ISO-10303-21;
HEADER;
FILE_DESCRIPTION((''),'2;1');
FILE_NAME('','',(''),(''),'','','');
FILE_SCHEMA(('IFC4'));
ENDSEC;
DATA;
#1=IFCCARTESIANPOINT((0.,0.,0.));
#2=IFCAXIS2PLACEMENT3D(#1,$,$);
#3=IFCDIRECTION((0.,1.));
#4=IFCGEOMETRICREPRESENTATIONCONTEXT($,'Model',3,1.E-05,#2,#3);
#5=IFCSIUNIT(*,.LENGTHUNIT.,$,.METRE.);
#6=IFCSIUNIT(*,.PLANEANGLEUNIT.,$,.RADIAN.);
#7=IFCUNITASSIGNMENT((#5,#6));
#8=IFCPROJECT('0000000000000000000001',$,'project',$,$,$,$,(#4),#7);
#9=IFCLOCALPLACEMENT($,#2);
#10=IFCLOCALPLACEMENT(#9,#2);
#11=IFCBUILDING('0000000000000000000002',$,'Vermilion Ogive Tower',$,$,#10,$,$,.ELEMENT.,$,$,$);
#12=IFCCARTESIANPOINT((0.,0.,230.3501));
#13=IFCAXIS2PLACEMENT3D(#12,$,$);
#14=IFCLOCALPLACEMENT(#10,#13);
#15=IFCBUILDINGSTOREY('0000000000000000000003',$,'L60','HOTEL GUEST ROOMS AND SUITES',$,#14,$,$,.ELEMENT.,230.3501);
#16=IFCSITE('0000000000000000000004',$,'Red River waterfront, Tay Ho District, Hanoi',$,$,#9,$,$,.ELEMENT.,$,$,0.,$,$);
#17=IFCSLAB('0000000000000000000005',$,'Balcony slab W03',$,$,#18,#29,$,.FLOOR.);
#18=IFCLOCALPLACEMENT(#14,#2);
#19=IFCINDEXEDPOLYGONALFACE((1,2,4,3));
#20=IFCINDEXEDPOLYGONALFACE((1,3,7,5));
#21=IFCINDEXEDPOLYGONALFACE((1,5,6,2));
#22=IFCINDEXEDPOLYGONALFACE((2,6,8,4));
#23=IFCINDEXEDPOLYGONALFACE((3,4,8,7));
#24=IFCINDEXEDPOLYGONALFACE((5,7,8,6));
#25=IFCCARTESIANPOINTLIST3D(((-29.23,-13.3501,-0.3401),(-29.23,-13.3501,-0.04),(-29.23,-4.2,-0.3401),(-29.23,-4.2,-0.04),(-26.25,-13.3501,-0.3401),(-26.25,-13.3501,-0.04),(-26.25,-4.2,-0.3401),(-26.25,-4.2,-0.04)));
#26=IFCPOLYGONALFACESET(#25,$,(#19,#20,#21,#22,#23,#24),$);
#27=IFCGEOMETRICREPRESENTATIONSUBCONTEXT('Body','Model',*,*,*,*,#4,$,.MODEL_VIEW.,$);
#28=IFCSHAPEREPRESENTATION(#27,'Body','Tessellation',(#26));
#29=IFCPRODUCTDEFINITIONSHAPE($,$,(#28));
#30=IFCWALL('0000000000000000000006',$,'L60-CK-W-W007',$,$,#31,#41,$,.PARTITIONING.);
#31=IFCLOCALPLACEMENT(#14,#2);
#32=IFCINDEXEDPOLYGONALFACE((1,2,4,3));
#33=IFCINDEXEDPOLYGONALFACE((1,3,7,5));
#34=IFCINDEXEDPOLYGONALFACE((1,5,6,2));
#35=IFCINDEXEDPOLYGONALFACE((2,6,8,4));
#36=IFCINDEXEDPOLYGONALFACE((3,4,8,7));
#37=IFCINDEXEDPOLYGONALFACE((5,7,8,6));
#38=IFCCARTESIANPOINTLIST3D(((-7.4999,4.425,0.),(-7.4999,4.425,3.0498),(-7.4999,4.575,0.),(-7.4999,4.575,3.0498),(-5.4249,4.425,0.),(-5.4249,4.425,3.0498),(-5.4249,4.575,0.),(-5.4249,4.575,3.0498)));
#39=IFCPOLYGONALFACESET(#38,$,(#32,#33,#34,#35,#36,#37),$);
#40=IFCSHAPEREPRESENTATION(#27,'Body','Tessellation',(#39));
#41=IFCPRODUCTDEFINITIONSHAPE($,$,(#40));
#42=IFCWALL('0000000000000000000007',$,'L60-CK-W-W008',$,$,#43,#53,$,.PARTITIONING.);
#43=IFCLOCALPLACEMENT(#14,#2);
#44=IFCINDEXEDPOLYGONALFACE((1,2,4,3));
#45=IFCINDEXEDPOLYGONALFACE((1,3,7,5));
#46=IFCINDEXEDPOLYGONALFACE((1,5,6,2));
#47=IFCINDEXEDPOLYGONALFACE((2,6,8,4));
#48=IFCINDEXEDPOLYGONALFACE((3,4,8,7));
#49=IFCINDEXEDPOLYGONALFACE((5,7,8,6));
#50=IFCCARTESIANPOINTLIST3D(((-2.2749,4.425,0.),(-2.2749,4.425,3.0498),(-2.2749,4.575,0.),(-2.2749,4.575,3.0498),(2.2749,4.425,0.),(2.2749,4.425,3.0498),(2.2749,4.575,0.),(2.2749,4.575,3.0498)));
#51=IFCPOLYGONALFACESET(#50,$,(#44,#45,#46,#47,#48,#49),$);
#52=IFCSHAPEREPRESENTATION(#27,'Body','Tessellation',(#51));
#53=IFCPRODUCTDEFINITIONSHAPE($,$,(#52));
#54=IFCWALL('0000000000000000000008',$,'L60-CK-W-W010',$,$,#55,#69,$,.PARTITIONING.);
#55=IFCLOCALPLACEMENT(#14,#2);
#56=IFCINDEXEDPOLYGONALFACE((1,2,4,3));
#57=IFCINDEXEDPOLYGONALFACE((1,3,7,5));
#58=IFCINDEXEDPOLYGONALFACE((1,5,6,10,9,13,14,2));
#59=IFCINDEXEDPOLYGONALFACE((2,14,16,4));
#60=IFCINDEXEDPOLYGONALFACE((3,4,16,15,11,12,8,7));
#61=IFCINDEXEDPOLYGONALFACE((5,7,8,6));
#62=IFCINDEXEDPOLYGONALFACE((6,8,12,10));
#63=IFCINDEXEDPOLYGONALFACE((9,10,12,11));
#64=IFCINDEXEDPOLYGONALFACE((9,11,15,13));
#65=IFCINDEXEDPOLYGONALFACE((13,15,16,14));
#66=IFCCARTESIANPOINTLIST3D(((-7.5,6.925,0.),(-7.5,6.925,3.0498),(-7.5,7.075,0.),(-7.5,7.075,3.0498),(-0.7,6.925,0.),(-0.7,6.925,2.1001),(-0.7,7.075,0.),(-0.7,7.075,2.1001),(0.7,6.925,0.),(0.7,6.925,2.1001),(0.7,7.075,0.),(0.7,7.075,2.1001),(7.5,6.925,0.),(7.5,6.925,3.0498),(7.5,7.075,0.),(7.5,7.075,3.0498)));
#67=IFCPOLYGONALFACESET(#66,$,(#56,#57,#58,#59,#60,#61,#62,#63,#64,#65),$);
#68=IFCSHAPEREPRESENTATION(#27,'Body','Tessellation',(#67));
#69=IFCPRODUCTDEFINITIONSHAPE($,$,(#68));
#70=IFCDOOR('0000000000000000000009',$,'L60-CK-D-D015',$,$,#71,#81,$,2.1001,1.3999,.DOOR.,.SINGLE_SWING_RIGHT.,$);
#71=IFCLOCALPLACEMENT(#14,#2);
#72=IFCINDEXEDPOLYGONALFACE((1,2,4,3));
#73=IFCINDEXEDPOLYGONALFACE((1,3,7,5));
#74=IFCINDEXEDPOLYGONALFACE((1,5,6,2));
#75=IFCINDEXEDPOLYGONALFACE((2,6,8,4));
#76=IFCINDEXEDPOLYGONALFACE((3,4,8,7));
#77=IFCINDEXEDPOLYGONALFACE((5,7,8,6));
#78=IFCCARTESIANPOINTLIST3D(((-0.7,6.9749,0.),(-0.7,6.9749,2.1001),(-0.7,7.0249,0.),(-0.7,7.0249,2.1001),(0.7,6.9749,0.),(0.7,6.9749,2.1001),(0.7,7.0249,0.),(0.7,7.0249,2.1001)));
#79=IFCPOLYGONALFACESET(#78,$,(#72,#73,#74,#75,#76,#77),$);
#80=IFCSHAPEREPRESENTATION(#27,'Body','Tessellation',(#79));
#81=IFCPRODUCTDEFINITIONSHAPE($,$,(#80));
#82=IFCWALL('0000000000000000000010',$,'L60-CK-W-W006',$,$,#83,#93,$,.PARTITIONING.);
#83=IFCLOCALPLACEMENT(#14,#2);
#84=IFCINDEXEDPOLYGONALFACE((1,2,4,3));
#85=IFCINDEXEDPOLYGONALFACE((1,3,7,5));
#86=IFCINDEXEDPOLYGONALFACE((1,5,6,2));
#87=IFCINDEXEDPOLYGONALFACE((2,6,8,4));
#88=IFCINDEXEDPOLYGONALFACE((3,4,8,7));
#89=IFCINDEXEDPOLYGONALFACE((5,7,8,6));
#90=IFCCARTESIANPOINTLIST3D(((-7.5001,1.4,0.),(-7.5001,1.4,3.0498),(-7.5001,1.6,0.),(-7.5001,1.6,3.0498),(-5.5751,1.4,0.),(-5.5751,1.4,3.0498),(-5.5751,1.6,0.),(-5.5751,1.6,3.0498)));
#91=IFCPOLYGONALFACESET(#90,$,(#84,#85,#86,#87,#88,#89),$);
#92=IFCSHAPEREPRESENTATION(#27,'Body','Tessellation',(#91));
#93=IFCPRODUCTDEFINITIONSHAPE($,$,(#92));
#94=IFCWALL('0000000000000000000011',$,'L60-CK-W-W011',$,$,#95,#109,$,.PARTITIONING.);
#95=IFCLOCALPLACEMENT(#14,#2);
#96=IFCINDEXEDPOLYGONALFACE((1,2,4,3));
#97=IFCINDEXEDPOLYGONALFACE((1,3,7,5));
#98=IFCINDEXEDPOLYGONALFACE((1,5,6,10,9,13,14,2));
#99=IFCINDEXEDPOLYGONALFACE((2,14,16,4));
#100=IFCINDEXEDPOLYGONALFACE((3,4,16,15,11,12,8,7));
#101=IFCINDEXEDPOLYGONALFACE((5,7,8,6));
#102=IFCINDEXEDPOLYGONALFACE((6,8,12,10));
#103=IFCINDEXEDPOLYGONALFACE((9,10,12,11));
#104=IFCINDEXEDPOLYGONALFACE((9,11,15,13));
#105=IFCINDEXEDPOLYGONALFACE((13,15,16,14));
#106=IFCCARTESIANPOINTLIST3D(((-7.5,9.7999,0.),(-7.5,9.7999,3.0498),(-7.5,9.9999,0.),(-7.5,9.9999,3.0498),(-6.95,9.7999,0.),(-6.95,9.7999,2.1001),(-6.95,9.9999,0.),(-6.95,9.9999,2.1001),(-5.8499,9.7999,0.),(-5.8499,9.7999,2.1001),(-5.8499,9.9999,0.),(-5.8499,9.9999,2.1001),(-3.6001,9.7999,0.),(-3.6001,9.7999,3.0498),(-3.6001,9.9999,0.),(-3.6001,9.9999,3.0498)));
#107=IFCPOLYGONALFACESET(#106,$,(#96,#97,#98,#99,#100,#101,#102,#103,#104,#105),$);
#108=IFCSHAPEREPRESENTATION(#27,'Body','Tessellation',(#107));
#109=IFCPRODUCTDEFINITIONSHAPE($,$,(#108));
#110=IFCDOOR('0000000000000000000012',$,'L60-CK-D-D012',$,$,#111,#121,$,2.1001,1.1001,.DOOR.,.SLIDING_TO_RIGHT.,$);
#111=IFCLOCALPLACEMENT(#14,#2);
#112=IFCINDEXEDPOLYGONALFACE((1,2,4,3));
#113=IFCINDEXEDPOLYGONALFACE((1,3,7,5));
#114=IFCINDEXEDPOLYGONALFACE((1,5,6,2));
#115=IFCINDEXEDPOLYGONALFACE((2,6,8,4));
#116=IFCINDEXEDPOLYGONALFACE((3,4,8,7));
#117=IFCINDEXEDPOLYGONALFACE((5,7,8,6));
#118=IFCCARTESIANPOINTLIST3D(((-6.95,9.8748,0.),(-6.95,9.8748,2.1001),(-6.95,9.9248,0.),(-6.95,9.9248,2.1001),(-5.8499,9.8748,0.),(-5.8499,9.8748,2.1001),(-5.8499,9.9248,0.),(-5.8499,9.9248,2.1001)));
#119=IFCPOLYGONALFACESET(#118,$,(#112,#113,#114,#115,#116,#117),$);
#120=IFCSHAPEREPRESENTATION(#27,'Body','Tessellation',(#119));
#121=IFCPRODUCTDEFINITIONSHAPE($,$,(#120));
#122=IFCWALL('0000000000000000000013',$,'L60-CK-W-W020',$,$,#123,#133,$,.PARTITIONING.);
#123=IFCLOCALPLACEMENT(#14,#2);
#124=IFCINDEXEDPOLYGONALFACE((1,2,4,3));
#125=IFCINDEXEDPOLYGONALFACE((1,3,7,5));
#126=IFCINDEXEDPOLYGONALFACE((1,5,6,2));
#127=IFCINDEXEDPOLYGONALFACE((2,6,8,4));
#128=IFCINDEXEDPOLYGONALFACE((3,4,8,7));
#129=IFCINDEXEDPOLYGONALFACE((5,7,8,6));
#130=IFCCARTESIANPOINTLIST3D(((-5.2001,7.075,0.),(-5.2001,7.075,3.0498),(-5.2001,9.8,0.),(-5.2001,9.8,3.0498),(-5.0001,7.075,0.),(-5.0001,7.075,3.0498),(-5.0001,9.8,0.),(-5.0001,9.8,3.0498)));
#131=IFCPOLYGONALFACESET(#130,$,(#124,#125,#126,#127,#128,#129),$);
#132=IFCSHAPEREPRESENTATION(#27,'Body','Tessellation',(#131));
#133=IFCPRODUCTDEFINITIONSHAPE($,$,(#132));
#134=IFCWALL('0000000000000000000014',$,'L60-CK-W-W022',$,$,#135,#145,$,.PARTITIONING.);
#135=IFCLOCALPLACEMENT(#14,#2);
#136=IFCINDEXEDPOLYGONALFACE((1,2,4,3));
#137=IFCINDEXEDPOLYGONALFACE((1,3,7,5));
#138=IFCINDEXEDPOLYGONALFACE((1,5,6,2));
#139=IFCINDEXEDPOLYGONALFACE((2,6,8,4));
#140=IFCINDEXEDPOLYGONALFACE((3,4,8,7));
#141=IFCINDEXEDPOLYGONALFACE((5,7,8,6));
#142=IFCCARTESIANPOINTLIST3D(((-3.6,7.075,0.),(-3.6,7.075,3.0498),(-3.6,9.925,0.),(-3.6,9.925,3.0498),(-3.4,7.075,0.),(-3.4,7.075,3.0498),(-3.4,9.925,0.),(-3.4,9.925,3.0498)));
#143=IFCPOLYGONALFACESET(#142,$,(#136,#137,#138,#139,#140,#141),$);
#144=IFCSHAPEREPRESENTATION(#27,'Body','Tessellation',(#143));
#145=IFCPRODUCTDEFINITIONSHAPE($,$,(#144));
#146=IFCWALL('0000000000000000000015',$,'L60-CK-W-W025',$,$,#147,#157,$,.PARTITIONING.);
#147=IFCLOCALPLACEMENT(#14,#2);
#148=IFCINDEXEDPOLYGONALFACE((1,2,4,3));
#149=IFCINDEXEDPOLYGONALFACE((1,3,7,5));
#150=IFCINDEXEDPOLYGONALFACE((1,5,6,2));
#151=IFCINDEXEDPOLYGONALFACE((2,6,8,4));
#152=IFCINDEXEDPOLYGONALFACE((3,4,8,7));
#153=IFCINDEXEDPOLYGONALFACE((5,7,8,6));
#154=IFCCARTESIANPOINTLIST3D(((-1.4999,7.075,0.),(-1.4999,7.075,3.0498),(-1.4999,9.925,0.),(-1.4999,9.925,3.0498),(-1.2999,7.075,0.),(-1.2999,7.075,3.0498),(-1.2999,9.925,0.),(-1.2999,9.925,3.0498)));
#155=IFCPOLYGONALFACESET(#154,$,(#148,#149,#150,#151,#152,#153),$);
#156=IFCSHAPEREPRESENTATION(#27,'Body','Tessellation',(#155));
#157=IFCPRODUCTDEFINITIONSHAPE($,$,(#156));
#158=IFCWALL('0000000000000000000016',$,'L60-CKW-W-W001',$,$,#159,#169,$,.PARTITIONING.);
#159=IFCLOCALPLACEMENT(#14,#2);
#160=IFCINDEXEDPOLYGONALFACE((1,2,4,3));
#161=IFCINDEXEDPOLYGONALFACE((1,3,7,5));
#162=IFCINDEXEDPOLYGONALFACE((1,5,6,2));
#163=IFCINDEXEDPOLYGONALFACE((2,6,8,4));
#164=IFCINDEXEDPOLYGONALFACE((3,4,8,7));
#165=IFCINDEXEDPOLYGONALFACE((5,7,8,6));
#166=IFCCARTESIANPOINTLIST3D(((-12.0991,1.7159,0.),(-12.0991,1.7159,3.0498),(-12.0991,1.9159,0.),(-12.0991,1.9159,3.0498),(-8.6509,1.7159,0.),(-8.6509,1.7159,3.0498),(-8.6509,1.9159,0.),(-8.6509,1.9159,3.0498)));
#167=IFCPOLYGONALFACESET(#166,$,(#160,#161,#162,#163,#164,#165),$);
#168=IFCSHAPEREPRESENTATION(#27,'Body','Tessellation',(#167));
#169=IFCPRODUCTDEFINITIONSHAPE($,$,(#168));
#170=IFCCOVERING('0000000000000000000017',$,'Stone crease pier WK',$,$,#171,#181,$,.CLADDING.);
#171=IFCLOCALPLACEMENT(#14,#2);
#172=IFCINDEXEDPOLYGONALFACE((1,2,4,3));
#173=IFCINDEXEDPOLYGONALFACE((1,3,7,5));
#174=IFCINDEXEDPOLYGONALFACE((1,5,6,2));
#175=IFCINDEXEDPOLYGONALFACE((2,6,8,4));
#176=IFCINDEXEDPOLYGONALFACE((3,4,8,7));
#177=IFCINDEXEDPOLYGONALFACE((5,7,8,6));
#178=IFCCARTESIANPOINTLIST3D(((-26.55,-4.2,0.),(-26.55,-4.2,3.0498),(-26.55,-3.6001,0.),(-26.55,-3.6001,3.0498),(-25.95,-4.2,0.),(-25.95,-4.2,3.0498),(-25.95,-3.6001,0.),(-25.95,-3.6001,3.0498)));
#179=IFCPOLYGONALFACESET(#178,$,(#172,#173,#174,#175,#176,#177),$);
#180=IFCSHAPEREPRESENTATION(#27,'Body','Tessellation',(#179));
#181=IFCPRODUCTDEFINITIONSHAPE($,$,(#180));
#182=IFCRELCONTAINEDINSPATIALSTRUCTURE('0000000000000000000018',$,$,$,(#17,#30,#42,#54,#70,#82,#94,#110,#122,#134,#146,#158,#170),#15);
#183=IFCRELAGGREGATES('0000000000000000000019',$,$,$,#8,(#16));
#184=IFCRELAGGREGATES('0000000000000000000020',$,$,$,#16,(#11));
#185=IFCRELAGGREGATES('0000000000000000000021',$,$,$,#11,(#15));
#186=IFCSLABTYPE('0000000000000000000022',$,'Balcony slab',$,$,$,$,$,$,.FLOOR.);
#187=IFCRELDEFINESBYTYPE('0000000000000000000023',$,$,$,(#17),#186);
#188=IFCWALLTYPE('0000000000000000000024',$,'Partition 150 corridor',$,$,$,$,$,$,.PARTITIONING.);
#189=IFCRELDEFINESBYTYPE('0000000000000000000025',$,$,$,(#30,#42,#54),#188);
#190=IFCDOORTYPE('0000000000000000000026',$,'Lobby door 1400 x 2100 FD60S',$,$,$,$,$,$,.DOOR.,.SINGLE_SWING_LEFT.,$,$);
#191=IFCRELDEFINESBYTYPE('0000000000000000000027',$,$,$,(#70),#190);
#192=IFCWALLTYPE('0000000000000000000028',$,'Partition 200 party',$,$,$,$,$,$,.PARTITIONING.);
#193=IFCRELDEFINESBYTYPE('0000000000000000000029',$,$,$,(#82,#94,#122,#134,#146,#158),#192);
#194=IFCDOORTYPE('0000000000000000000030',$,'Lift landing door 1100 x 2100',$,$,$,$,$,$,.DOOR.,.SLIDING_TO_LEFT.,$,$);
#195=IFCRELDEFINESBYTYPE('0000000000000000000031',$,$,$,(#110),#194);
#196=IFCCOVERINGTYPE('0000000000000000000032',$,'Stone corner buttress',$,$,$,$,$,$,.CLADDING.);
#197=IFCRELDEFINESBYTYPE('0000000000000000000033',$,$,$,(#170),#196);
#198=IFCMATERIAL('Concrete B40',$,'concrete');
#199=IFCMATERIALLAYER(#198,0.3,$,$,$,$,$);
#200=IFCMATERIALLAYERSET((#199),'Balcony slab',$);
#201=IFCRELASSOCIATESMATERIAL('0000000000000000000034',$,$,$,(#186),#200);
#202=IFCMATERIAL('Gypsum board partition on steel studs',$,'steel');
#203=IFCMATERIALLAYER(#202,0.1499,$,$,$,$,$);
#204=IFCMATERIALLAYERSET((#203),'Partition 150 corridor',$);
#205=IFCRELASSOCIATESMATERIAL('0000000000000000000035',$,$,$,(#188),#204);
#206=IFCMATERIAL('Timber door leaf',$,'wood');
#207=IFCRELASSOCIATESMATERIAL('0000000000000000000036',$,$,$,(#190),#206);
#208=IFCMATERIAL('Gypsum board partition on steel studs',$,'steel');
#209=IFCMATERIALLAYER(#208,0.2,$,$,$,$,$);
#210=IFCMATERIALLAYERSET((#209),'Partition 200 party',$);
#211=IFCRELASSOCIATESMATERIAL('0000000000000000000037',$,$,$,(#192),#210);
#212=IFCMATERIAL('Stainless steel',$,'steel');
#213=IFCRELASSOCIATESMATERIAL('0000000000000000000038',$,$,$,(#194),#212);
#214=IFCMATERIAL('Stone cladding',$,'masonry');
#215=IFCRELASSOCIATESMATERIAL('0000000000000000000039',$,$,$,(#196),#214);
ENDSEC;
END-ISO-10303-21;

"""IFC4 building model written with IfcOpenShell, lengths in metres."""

from ifc_helpers import new_model, si_unit, direction, frame, frame_2d, origin, place, context, subcontext, project, spatial, polyline, rectangle, outline, extrude, material, layer, layer_set, type_object, element, fill, save


model = new_model("IFC4")

# Units and contexts
model_context = context("Model", 3, precision=1e-05, world=origin(), true_north=direction((0.0, 1.0)))
body_context = subcontext(model_context, "Body", "Model", "MODEL_VIEW")
ifc_project = project(units=[si_unit("LENGTHUNIT", "METRE"), si_unit("PLANEANGLEUNIT", "RADIAN")], contexts=[model_context])

# Site, building, storey
site_placement = place(None, origin())
site = spatial("IfcSite", under=ifc_project, at=site_placement, Name="Red River waterfront, Tay Ho District, Hanoi", CompositionType="ELEMENT", RefElevation=0.0)
building_placement = place(site_placement, origin())
building = spatial("IfcBuilding", under=site, at=building_placement, Name="Vermilion Ogive Tower", CompositionType="ELEMENT")
storey_placement = place(building_placement, frame((0.0, 0.0, 230.3501)))
storey = spatial("IfcBuildingStorey", under=building, at=storey_placement, Name="L60", Description="HOTEL GUEST ROOMS AND SUITES", CompositionType="ELEMENT", Elevation=230.3501)

# Slab
ifc_material_1 = material(Name="Concrete B40", Category="concrete")
ifc_layer_1 = layer(ifc_material_1, 0.3)
ifc_layer_set_1 = layer_set([ifc_layer_1], Name="Balcony slab")
slab_type = type_object("IfcSlabType", Name="Balcony slab", PredefinedType="FLOOR", material=ifc_layer_set_1)
slab_placement = place(storey_placement, frame((0.0, 0.0, -0.3401)))
element("IfcSlab", 1, at=slab_placement, inside=storey, type_object=slab_type, Name="Balcony slab W03", PredefinedType="FLOOR", context=body_context, shape_type="SweptSolid", body=[
    extrude(outline(polyline([(-29.23, -4.2), (-29.23, -13.3501), (-26.25, -13.3501), (-26.25, -4.2), (-29.23, -4.2)])), origin(), (0.0, 0.0, 1.0), 0.3),
])

# Walls
ifc_material_2 = material(Name="Gypsum board partition on steel studs", Category="steel")
ifc_layer_2 = layer(ifc_material_2, 0.1499)
ifc_layer_set_2 = layer_set([ifc_layer_2], Name="Partition 150 corridor")
wall_type_1 = type_object("IfcWallType", Name="Partition 150 corridor", PredefinedType="PARTITIONING", material=ifc_layer_set_2)
wall_1_placement = place(storey_placement, frame((-7.5, 4.5, 0.0), z_axis=(0.0, 0.0, 1.0), x_axis=(1.0, 0.0, 0.0)))
element("IfcWall", 2, at=wall_1_placement, inside=storey, type_object=wall_type_1, Name="L60-CK-W-W007", PredefinedType="PARTITIONING", context=body_context, shape_type="SweptSolid", body=[
    extrude(rectangle(XDim=2.075, YDim=0.1499, at=frame_2d((1.0376, 0.0))), origin(), (0.0, 0.0, 1.0), 3.0498),
])
wall_2_placement = place(storey_placement, frame((-2.2749, 4.5, 0.0), z_axis=(0.0, 0.0, 1.0), x_axis=(1.0, 0.0, 0.0)))
element("IfcWall", 3, at=wall_2_placement, inside=storey, type_object=wall_type_1, Name="L60-CK-W-W008", PredefinedType="PARTITIONING", context=body_context, shape_type="SweptSolid", body=[
    extrude(rectangle(XDim=4.5498, YDim=0.1499, at=frame_2d((2.2749, 0.0))), origin(), (0.0, 0.0, 1.0), 3.0498),
])

# Wall, opening, door
wall_3_placement = place(storey_placement, frame((-7.5, 7.0, 0.0), z_axis=(0.0, 0.0, 1.0), x_axis=(1.0, 0.0, 0.0)))
wall_3 = element("IfcWall", 4, at=wall_3_placement, inside=storey, type_object=wall_type_1, Name="L60-CK-W-W010", PredefinedType="PARTITIONING", context=body_context, shape_type="SweptSolid", body=[
    extrude(rectangle(XDim=15.0, YDim=0.1499, at=frame_2d((7.5, 0.0))), origin(), (0.0, 0.0, 1.0), 3.0498),
])
opening_1_placement = place(wall_3_placement, frame((6.8, 0.0, 0.0)))
opening_1 = element("IfcOpeningElement", 5, at=opening_1_placement, cuts=wall_3, PredefinedType="OPENING", context=body_context, shape_type="SweptSolid", body=[
    extrude(rectangle(XDim=1.3999, YDim=2.1001, at=frame_2d((0.7, 1.05))), frame((0.0, 0.085, 0.0), z_axis=(0.0, -1.0, 0.0), x_axis=(1.0, 0.0, 0.0)), (0.0, 0.0, 1.0), 0.1699),
])
ifc_material_3 = material(Name="Timber door leaf", Category="wood")
door_type_1 = type_object("IfcDoorType", Name="Lobby door 1400 x 2100 FD60S", OperationType="SINGLE_SWING_LEFT", PredefinedType="DOOR", material=ifc_material_3)
door_1_placement = place(opening_1_placement, origin())
door_1 = element("IfcDoor", 6, at=door_1_placement, inside=storey, type_object=door_type_1, Name="L60-CK-D-D015", OperationType="SINGLE_SWING_RIGHT", OverallHeight=2.1001, OverallWidth=1.3999, PredefinedType="DOOR", context=body_context, shape_type="SweptSolid", body=[
    extrude(rectangle(XDim=1.3999, YDim=2.1001, at=frame_2d((0.7, 1.05))), frame((0.0, 0.0249, 0.0), z_axis=(0.0, -1.0, 0.0), x_axis=(1.0, 0.0, 0.0)), (0.0, 0.0, 1.0), 0.05),
])
fill(opening_1, door_1)

# Wall
ifc_material_4 = material(Name="Gypsum board partition on steel studs", Category="steel")
ifc_layer_3 = layer(ifc_material_4, 0.2)
ifc_layer_set_3 = layer_set([ifc_layer_3], Name="Partition 200 party")
wall_type_2 = type_object("IfcWallType", Name="Partition 200 party", PredefinedType="PARTITIONING", material=ifc_layer_set_3)
wall_4_placement = place(storey_placement, frame((-7.5, 1.5, 0.0), z_axis=(0.0, 0.0, 1.0), x_axis=(1.0, 0.0, 0.0)))
element("IfcWall", 7, at=wall_4_placement, inside=storey, type_object=wall_type_2, Name="L60-CK-W-W006", PredefinedType="PARTITIONING", context=body_context, shape_type="SweptSolid", body=[
    extrude(rectangle(XDim=1.925, YDim=0.2, at=frame_2d((0.9624, 0.0))), origin(), (0.0, 0.0, 1.0), 3.0498),
])

# Wall, opening, door
wall_5_placement = place(storey_placement, frame((-7.5, 9.8999, 0.0), z_axis=(0.0, 0.0, 1.0), x_axis=(1.0, 0.0, 0.0)))
wall_5 = element("IfcWall", 8, at=wall_5_placement, inside=storey, type_object=wall_type_2, Name="L60-CK-W-W011", PredefinedType="PARTITIONING", context=body_context, shape_type="SweptSolid", body=[
    extrude(rectangle(XDim=3.8999, YDim=0.2, at=frame_2d((1.95, 0.0))), origin(), (0.0, 0.0, 1.0), 3.0498),
])
opening_2_placement = place(wall_5_placement, frame((0.55, 0.0, 0.0)))
opening_2 = element("IfcOpeningElement", 9, at=opening_2_placement, cuts=wall_5, PredefinedType="OPENING", context=body_context, shape_type="SweptSolid", body=[
    extrude(rectangle(XDim=1.1001, YDim=2.1001, at=frame_2d((0.55, 1.05))), frame((0.0, 0.1099, 0.0), z_axis=(0.0, -1.0, 0.0), x_axis=(1.0, 0.0, 0.0)), (0.0, 0.0, 1.0), 0.22),
])
ifc_material_5 = material(Name="Stainless steel", Category="steel")
door_type_2 = type_object("IfcDoorType", Name="Lift landing door 1100 x 2100", OperationType="SLIDING_TO_LEFT", PredefinedType="DOOR", material=ifc_material_5)
door_2_placement = place(opening_2_placement, origin())
door_2 = element("IfcDoor", 10, at=door_2_placement, inside=storey, type_object=door_type_2, Name="L60-CK-D-D012", OperationType="SLIDING_TO_RIGHT", OverallHeight=2.1001, OverallWidth=1.1001, PredefinedType="DOOR", context=body_context, shape_type="SweptSolid", body=[
    extrude(rectangle(XDim=1.1001, YDim=2.1001, at=frame_2d((0.55, 1.05))), frame((0.0, 0.0249, 0.0), z_axis=(0.0, -1.0, 0.0), x_axis=(1.0, 0.0, 0.0)), (0.0, 0.0, 1.0), 0.05),
])
fill(opening_2, door_2)

# Walls
wall_6_placement = place(storey_placement, frame((-5.1001, 7.075, 0.0), z_axis=(0.0, 0.0, 1.0), x_axis=(0.0, 1.0, 0.0)))
element("IfcWall", 11, at=wall_6_placement, inside=storey, type_object=wall_type_2, Name="L60-CK-W-W020", PredefinedType="PARTITIONING", context=body_context, shape_type="SweptSolid", body=[
    extrude(rectangle(XDim=2.7251, YDim=0.2, at=frame_2d((1.3625, 0.0))), origin(), (0.0, 0.0, 1.0), 3.0498),
])
for number, where, z_axis, x_axis, name in (
    (12, (-3.5, 7.075, 0.0), (0.0, 0.0, 1.0), (0.0, 1.0, 0.0), "L60-CK-W-W022"),
    (13, (-1.3999, 7.075, 0.0), (0.0, 0.0, 1.0), (0.0, 1.0, 0.0), "L60-CK-W-W025"),
):
    element("IfcWall", number, at=place(storey_placement, frame(where, z_axis=z_axis, x_axis=x_axis)), inside=storey, type_object=wall_type_2, Name=name, PredefinedType="PARTITIONING", context=body_context, shape_type="SweptSolid", body=[
        extrude(rectangle(XDim=2.8501, YDim=0.2, at=frame_2d((1.425, 0.0))), origin(), (0.0, 0.0, 1.0), 3.0498),
    ])
wall_7_placement = place(storey_placement, frame((-12.0991, 1.8159, 0.0), z_axis=(0.0, 0.0, 1.0), x_axis=(1.0, 0.0, 0.0)))
element("IfcWall", 14, at=wall_7_placement, inside=storey, type_object=wall_type_2, Name="L60-CKW-W-W001", PredefinedType="PARTITIONING", context=body_context, shape_type="SweptSolid", body=[
    extrude(rectangle(XDim=3.4482, YDim=0.2, at=frame_2d((1.7241, 0.0))), origin(), (0.0, 0.0, 1.0), 3.0498),
])

# Covering
ifc_material_6 = material(Name="Stone cladding", Category="masonry")
covering_type_1 = type_object("IfcCoveringType", Name="Stone corner buttress", PredefinedType="CLADDING", material=ifc_material_6)
covering_1_placement = place(storey_placement, origin())
element("IfcCovering", 15, at=covering_1_placement, inside=storey, type_object=covering_type_1, Name="Stone crease pier WK", PredefinedType="CLADDING", context=body_context, shape_type="SweptSolid", body=[
    extrude(outline(polyline([(-26.55, -3.6001), (-26.55, -4.2), (-25.95, -4.2), (-25.95, -3.6001), (-26.55, -3.6001)])), origin(), (0.0, 0.0, 1.0), 3.0498),
])

save(model, "model.ifc")
